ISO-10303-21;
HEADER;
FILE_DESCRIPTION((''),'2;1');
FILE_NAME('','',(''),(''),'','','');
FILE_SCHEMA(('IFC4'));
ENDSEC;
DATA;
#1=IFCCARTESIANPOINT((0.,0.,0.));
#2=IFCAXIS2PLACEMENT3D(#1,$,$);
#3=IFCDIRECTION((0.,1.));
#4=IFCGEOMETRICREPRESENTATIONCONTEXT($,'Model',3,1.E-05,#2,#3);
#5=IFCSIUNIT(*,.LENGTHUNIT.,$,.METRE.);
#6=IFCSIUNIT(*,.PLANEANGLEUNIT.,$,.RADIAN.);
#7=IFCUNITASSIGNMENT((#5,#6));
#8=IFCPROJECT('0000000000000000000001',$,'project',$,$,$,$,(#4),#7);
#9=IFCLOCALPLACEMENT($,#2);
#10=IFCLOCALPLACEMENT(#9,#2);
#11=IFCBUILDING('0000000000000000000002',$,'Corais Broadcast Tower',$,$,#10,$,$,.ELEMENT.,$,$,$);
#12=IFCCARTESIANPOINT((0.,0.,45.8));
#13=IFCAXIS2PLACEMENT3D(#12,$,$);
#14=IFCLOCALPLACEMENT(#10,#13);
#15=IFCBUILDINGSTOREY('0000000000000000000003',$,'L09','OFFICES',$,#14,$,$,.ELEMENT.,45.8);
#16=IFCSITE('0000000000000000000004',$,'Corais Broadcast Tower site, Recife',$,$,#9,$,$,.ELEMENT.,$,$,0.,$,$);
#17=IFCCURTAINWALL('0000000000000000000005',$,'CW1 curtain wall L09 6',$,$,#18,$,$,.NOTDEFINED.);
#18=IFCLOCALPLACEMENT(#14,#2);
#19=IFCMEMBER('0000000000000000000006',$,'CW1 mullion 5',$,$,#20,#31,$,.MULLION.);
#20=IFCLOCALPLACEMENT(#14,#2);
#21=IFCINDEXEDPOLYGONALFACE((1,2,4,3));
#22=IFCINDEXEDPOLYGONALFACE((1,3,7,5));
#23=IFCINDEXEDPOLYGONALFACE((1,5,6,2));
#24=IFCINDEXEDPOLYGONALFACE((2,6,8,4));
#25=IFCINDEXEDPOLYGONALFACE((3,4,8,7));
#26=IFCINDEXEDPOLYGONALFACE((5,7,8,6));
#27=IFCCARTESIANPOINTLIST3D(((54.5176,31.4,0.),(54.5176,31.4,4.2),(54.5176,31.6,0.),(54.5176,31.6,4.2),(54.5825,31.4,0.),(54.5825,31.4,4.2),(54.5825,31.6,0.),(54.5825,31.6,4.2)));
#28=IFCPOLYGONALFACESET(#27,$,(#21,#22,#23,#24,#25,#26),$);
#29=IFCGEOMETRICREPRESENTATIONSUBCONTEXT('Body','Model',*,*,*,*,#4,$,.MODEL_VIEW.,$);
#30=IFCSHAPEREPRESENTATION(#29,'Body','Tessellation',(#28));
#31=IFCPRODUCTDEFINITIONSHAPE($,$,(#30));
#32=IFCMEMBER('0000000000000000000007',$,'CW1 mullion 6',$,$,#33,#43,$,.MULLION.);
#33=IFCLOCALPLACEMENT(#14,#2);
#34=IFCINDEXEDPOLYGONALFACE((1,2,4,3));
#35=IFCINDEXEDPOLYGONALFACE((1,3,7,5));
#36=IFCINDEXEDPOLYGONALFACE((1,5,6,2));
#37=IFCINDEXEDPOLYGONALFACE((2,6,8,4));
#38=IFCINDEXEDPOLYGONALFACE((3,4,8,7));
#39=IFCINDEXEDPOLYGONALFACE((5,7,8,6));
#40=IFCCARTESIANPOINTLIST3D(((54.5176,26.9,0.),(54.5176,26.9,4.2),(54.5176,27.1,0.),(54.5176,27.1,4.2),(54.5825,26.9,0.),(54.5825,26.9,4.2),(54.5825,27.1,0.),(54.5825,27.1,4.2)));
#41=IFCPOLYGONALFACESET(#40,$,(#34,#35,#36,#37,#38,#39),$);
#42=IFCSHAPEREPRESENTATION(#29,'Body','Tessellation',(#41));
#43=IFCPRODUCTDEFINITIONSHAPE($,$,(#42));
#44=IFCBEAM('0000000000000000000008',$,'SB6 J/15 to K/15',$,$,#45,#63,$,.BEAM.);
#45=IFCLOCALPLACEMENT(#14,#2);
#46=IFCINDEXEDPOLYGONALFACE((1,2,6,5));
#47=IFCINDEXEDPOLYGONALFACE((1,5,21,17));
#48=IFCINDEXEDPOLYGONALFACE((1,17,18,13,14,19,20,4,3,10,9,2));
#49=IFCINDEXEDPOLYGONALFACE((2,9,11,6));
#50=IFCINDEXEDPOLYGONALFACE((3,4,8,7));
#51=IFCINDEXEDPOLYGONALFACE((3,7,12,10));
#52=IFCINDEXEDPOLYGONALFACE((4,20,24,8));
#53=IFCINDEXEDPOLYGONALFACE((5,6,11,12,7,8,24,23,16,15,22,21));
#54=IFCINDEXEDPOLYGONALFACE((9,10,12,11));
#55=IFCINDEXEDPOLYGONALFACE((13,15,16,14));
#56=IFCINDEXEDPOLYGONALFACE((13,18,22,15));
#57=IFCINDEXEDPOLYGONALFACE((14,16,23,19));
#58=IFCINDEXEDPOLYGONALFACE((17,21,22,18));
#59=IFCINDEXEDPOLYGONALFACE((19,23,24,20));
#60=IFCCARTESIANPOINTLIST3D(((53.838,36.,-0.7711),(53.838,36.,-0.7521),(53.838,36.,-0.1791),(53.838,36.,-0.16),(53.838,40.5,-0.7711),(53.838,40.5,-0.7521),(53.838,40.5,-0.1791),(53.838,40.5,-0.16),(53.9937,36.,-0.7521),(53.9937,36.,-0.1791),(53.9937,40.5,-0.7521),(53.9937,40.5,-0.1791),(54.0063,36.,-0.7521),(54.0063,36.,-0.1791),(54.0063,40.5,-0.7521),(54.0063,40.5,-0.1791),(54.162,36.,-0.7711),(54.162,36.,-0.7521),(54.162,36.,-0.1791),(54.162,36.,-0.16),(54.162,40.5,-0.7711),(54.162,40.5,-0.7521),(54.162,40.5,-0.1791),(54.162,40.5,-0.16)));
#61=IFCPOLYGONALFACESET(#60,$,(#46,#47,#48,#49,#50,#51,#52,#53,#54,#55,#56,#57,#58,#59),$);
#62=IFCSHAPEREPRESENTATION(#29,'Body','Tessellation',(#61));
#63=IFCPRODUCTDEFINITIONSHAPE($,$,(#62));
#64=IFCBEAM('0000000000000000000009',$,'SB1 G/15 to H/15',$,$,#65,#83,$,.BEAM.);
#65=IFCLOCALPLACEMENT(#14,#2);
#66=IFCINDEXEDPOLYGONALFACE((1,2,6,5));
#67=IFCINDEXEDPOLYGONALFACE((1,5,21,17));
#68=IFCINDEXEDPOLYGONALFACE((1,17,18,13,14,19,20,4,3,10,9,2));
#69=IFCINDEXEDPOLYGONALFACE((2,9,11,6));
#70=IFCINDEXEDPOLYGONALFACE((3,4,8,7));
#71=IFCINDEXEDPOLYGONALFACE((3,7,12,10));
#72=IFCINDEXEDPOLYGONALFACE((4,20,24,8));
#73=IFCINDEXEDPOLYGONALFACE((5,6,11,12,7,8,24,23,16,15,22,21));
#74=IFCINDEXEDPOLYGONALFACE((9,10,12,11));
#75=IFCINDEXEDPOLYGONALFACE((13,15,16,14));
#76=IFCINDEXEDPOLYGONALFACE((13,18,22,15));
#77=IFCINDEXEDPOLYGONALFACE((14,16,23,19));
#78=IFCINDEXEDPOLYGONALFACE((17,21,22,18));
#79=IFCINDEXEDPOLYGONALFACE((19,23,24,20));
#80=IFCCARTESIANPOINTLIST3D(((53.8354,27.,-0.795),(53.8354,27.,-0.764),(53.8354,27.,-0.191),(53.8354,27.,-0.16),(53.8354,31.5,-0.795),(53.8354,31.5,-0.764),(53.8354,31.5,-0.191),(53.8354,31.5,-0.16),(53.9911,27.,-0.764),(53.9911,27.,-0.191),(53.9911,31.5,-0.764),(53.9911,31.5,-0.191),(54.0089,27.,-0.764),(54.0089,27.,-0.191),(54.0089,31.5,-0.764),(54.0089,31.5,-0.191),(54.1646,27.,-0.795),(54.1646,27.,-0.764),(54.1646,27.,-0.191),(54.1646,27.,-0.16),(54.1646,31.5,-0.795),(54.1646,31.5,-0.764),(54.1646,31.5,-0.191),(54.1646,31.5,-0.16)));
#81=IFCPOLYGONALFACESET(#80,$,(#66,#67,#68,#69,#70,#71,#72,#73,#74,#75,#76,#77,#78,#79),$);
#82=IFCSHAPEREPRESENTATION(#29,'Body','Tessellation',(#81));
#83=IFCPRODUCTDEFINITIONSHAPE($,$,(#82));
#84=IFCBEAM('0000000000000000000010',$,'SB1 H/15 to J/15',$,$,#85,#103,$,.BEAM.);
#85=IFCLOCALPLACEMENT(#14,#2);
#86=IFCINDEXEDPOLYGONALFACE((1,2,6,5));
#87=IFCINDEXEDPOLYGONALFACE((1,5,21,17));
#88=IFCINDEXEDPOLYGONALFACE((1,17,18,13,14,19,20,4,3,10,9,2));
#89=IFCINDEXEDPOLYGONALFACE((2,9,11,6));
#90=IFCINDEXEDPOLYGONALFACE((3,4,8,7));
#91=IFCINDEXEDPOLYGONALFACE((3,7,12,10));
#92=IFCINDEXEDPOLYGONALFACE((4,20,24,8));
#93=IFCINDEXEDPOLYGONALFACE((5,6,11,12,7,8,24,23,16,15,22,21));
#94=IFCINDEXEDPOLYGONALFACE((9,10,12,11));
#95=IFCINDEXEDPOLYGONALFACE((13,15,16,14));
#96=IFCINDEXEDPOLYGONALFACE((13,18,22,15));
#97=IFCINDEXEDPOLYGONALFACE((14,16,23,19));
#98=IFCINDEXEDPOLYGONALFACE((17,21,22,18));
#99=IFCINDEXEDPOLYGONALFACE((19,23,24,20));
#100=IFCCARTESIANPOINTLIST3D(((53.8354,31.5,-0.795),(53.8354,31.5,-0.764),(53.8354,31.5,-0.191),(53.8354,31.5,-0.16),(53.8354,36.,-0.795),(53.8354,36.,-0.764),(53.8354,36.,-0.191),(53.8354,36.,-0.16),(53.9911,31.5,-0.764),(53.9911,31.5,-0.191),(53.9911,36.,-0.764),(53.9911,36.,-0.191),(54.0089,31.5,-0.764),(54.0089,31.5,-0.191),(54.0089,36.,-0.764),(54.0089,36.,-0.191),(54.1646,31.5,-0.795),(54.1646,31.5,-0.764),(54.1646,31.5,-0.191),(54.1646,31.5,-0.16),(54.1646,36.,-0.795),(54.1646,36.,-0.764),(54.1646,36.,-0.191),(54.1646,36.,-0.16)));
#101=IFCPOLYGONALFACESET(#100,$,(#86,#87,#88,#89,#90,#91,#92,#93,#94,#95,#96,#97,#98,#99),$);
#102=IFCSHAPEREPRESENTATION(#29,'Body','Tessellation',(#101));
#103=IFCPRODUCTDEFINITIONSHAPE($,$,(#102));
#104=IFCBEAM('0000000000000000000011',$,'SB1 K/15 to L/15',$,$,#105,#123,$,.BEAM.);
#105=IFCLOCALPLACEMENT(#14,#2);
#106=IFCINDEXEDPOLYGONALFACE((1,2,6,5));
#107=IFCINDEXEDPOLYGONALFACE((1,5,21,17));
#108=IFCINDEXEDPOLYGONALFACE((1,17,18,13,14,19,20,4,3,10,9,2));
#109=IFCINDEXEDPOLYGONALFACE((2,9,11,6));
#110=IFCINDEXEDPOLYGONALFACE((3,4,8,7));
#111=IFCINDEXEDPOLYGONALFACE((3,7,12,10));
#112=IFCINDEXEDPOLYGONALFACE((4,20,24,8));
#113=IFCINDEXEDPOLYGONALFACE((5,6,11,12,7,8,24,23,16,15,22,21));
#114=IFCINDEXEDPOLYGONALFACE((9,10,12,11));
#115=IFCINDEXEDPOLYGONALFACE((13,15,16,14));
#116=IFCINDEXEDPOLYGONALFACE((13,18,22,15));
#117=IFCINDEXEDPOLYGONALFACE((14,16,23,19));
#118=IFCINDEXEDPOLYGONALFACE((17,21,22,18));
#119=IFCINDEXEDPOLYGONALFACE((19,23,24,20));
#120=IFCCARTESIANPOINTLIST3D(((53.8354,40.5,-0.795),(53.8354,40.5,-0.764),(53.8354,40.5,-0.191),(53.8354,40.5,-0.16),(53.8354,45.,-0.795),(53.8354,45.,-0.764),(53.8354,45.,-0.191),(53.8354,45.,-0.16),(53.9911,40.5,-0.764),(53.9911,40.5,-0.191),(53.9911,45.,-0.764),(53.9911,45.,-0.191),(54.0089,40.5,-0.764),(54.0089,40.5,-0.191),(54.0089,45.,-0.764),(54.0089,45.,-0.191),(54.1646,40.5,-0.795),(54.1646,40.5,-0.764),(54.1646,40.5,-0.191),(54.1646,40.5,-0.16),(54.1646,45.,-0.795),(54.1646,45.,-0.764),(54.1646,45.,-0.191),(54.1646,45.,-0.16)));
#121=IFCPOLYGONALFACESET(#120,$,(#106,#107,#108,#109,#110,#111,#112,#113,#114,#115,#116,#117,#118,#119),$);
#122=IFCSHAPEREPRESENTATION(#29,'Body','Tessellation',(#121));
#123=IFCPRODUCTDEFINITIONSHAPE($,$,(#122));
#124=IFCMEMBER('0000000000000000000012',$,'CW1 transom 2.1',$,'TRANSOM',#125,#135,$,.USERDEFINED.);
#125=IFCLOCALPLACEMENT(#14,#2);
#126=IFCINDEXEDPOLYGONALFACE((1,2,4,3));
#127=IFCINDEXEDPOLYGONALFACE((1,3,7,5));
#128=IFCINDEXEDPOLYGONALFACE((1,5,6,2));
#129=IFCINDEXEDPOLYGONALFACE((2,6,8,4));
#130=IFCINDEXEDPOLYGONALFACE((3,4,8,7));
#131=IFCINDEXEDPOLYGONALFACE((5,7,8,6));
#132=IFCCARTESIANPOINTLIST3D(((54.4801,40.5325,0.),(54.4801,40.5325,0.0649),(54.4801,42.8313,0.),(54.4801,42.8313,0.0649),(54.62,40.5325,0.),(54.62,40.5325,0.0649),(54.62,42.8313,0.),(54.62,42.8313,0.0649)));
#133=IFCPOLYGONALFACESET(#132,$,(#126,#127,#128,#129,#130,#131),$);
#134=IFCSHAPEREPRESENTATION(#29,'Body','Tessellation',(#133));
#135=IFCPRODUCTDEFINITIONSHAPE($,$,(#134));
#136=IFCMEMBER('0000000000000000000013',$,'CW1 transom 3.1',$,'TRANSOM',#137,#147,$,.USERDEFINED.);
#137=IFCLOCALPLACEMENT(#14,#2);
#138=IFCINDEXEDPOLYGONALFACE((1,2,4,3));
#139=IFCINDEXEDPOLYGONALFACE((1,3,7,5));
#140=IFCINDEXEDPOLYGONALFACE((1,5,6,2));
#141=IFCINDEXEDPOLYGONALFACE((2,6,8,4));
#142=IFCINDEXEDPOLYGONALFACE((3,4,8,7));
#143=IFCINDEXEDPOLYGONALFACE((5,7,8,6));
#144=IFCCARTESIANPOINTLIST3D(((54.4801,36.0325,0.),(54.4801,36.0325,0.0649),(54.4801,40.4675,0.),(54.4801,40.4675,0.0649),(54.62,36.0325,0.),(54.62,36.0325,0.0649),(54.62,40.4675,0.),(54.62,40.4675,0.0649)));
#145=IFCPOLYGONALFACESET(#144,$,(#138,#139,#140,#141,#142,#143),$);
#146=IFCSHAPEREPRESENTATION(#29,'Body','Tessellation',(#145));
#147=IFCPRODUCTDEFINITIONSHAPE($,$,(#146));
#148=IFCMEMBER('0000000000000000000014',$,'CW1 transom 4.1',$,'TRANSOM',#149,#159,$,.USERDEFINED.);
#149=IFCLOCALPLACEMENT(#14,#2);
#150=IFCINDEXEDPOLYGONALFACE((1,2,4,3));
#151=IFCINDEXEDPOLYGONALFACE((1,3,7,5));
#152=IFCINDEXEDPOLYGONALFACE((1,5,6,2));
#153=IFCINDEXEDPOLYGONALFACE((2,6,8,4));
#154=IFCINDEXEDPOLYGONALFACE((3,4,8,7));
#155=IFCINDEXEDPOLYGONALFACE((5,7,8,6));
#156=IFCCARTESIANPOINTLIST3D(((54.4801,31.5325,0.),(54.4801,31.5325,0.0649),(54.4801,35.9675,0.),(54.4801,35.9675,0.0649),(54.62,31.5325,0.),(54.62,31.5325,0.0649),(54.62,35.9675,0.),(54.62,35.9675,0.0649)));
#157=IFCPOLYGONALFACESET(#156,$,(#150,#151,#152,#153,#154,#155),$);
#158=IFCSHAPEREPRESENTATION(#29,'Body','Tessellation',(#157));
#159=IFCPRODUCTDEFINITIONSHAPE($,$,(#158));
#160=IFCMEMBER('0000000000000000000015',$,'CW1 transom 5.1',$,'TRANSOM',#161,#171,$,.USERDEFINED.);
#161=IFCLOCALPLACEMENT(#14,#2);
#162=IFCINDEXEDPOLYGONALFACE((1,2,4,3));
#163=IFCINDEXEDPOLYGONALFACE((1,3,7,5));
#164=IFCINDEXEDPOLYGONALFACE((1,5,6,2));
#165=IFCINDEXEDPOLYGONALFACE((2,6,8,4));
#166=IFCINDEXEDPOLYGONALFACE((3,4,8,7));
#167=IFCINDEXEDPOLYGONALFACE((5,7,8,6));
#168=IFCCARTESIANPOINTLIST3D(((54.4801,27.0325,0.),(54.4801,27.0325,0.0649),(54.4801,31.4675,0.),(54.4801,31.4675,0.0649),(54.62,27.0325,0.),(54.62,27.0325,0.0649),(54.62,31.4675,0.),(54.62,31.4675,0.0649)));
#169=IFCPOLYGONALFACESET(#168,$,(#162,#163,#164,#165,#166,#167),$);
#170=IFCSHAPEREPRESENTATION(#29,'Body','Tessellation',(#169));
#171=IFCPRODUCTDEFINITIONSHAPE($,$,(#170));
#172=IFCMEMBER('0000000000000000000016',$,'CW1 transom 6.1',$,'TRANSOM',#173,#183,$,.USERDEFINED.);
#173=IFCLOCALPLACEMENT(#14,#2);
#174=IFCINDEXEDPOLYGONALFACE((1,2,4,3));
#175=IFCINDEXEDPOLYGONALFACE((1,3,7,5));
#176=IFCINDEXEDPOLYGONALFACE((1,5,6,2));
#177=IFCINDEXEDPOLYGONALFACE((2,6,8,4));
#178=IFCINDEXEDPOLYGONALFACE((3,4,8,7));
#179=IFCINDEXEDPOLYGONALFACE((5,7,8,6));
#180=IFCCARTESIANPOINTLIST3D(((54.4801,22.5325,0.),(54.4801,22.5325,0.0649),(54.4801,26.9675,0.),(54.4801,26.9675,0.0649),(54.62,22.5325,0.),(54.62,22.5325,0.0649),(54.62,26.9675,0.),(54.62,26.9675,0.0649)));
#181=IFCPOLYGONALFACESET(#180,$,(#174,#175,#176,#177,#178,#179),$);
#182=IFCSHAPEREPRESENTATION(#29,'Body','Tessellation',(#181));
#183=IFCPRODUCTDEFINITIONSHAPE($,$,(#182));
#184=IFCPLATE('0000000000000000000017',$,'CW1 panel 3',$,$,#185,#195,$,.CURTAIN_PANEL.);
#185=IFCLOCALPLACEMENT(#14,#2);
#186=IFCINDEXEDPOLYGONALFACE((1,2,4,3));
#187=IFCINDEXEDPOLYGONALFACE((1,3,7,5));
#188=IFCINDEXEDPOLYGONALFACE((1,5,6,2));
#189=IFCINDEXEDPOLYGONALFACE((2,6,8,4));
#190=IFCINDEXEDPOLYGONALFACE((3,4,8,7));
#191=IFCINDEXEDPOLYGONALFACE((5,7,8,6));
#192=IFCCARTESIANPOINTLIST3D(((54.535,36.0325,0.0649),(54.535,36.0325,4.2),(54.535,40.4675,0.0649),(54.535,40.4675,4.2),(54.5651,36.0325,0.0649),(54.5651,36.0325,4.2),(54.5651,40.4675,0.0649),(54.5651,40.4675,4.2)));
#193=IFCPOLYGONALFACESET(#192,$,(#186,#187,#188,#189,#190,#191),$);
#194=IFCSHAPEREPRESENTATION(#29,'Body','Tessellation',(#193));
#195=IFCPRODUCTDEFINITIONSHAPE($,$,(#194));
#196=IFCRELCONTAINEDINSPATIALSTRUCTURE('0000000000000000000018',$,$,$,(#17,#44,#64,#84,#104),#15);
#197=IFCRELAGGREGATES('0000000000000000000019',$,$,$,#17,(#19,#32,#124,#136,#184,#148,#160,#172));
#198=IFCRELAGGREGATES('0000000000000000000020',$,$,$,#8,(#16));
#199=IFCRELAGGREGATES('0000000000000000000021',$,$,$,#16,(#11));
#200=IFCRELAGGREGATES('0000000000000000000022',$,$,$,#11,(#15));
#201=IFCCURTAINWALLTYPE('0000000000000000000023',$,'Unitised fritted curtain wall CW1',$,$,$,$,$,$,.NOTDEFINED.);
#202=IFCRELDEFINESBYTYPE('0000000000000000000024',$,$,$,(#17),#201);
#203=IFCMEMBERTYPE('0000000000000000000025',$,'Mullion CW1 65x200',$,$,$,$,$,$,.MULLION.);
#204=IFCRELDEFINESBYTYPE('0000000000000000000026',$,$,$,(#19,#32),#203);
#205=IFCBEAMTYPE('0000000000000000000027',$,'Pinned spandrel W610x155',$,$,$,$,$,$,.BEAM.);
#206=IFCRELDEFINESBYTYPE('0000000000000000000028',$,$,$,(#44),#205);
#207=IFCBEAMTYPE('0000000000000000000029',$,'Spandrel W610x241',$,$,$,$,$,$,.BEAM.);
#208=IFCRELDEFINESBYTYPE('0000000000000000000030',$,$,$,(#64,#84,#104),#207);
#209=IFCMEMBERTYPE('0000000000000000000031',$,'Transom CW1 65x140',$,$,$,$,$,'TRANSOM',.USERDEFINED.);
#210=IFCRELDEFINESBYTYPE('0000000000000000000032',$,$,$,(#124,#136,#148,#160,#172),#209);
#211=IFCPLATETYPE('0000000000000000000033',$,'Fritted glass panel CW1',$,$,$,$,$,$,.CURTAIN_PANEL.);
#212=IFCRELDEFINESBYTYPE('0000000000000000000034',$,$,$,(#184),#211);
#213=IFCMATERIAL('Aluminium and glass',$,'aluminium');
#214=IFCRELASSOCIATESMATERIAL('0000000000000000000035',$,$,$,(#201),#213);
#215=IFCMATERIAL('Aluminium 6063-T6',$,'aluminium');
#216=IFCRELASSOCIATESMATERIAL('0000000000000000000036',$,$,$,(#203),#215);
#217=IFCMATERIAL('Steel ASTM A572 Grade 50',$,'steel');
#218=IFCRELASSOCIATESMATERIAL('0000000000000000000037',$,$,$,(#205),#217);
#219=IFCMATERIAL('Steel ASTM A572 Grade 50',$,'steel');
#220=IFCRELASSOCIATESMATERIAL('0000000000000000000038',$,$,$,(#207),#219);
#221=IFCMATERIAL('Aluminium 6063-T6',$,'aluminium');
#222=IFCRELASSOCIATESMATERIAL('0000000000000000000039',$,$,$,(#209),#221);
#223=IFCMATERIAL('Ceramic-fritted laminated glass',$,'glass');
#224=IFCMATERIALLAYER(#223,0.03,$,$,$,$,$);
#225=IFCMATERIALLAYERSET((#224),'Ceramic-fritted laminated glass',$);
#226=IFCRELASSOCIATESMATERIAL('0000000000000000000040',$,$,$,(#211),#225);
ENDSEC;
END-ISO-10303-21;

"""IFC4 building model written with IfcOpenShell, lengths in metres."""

from ifc_helpers import new_model, si_unit, direction, frame, origin, origin_2d, place, context, subcontext, project, spatial, rectangle, i_section, extrude, material, layer, layer_set, material_profile, profile_set, type_object, element, aggregate, save


model = new_model("IFC4")

# Units and contexts
model_context = context("Model", 3, precision=1e-05, world=origin(), true_north=direction((0.0, 1.0)))
body_context = subcontext(model_context, "Body", "Model", "MODEL_VIEW")
ifc_project = project(units=[si_unit("LENGTHUNIT", "METRE"), si_unit("PLANEANGLEUNIT", "RADIAN")], contexts=[model_context])

# Site, building, storey
site_placement = place(None, origin())
site = spatial("IfcSite", under=ifc_project, at=site_placement, Name="Corais Broadcast Tower site, Recife", CompositionType="ELEMENT", RefElevation=0.0)
building_placement = place(site_placement, origin())
building = spatial("IfcBuilding", under=site, at=building_placement, Name="Corais Broadcast Tower", CompositionType="ELEMENT")
storey_placement = place(building_placement, frame((0.0, 0.0, 45.8)))
storey = spatial("IfcBuildingStorey", under=building, at=storey_placement, Name="L09", Description="OFFICES", CompositionType="ELEMENT", Elevation=45.8)

# Curtain wall, members
ifc_material_1 = material(Name="Aluminium and glass", Category="aluminium")
curtain_wall_type = type_object("IfcCurtainWallType", Name="Unitised fritted curtain wall CW1", PredefinedType="NOTDEFINED", material=ifc_material_1)
curtain_wall_placement = place(storey_placement, origin())
curtain_wall = element("IfcCurtainWall", 1, at=curtain_wall_placement, inside=storey, type_object=curtain_wall_type, Name="CW1 curtain wall L09 6", PredefinedType="NOTDEFINED")
ifc_material_2 = material(Name="Aluminium 6063-T6", Category="aluminium")
ifc_material_profile_1 = material_profile(ifc_material_2, rectangle(XDim=0.0649, YDim=0.2, at=origin_2d()), Name="Mullion CW1 65x200")
ifc_profile_set_1 = profile_set([ifc_material_profile_1], Name="Aluminium 6063-T6")
member_type_1 = type_object("IfcMemberType", Name="Mullion CW1 65x200", PredefinedType="MULLION", material=ifc_profile_set_1)
member_1_placement = place(storey_placement, frame((54.55, 31.5, 0.0), z_axis=(0.0, 0.0, 1.0), x_axis=(1.0, 0.0, 0.0)))
member_1 = element("IfcMember", 2, at=member_1_placement, type_object=member_type_1, Name="CW1 mullion 5", PredefinedType="MULLION", context=body_context, shape_type="SweptSolid", body=[
    extrude(rectangle(XDim=0.0649, YDim=0.2, at=origin_2d()), origin(), (0.0, 0.0, 1.0), 4.2),
])
member_2_placement = place(storey_placement, frame((54.55, 27.0, 0.0), z_axis=(0.0, 0.0, 1.0), x_axis=(1.0, 0.0, 0.0)))
member_2 = element("IfcMember", 3, at=member_2_placement, type_object=member_type_1, Name="CW1 mullion 6", PredefinedType="MULLION", context=body_context, shape_type="SweptSolid", body=[
    extrude(rectangle(XDim=0.0649, YDim=0.2, at=origin_2d()), origin(), (0.0, 0.0, 1.0), 4.2),
])

# Beams
ifc_material_3 = material(Name="Steel ASTM A572 Grade 50", Category="steel")
ifc_material_profile_2 = material_profile(ifc_material_3, i_section(OverallWidth=0.324, OverallDepth=0.6111, WebThickness=0.0127, FlangeThickness=0.019, at=origin_2d()), Name="W610x155")
ifc_profile_set_2 = profile_set([ifc_material_profile_2], Name="Steel ASTM A572 Grade 50")
beam_type_1 = type_object("IfcBeamType", Name="Pinned spandrel W610x155", PredefinedType="BEAM", material=ifc_profile_set_2)
beam_placement = place(storey_placement, frame((54.0, 36.0, -0.4656), z_axis=(0.0, 1.0, 0.0), x_axis=(-1.0, 0.0, 0.0)))
element("IfcBeam", 4, at=beam_placement, inside=storey, type_object=beam_type_1, Name="SB6 J/15 to K/15", PredefinedType="BEAM", context=body_context, shape_type="SweptSolid", body=[
    extrude(i_section(OverallWidth=0.324, OverallDepth=0.6111, WebThickness=0.0127, FlangeThickness=0.019, at=origin_2d()), origin(), (0.0, 0.0, 1.0), 4.5),
])
ifc_material_4 = material(Name="Steel ASTM A572 Grade 50", Category="steel")
ifc_material_profile_3 = material_profile(ifc_material_4, i_section(OverallWidth=0.3291, OverallDepth=0.635, WebThickness=0.0178, FlangeThickness=0.031, at=origin_2d()), Name="W610x241")
ifc_profile_set_3 = profile_set([ifc_material_profile_3], Name="Steel ASTM A572 Grade 50")
beam_type_2 = type_object("IfcBeamType", Name="Spandrel W610x241", PredefinedType="BEAM", material=ifc_profile_set_3)
for number, where, z_axis, x_axis, name in (
    (5, (54.0, 27.0, -0.4775), (0.0, 1.0, 0.0), (-1.0, 0.0, 0.0), "SB1 G/15 to H/15"),
    (6, (54.0, 31.5, -0.4775), (0.0, 1.0, 0.0), (-1.0, 0.0, 0.0), "SB1 H/15 to J/15"),
    (7, (54.0, 40.5, -0.4775), (0.0, 1.0, 0.0), (-1.0, 0.0, 0.0), "SB1 K/15 to L/15"),
):
    element("IfcBeam", number, at=place(storey_placement, frame(where, z_axis=z_axis, x_axis=x_axis)), inside=storey, type_object=beam_type_2, Name=name, PredefinedType="BEAM", context=body_context, shape_type="SweptSolid", body=[
        extrude(i_section(OverallWidth=0.3291, OverallDepth=0.635, WebThickness=0.0178, FlangeThickness=0.031, at=origin_2d()), origin(), (0.0, 0.0, 1.0), 4.5),
    ])

# Members
ifc_material_5 = material(Name="Aluminium 6063-T6", Category="aluminium")
ifc_material_profile_4 = material_profile(ifc_material_5, rectangle(XDim=0.1399, YDim=0.0649, at=origin_2d()), Name="Transom CW1 65x140")
ifc_profile_set_4 = profile_set([ifc_material_profile_4], Name="Aluminium 6063-T6")
member_type_2 = type_object("IfcMemberType", Name="Transom CW1 65x140", ElementType="TRANSOM", PredefinedType="USERDEFINED", material=ifc_profile_set_4)
member_3_placement = place(storey_placement, frame((54.55, 42.8313, 0.0325), z_axis=(0.0, -1.0, 0.0), x_axis=(1.0, 0.0, 0.0)))
member_3 = element("IfcMember", 8, at=member_3_placement, type_object=member_type_2, Name="CW1 transom 2.1", ObjectType="TRANSOM", PredefinedType="USERDEFINED", context=body_context, shape_type="SweptSolid", body=[
    extrude(rectangle(XDim=0.1399, YDim=0.0649, at=origin_2d()), origin(), (0.0, 0.0, 1.0), 2.2988),
])
member_4_placement = place(storey_placement, frame((54.55, 40.4675, 0.0325), z_axis=(0.0, -1.0, 0.0), x_axis=(1.0, 0.0, 0.0)))
member_4 = element("IfcMember", 9, at=member_4_placement, type_object=member_type_2, Name="CW1 transom 3.1", ObjectType="TRANSOM", PredefinedType="USERDEFINED", context=body_context, shape_type="SweptSolid", body=[
    extrude(rectangle(XDim=0.1399, YDim=0.0649, at=origin_2d()), origin(), (0.0, 0.0, 1.0), 4.4351),
])
member_5_placement = place(storey_placement, frame((54.55, 35.9675, 0.0325), z_axis=(0.0, -1.0, 0.0), x_axis=(1.0, 0.0, 0.0)))
member_5 = element("IfcMember", 10, at=member_5_placement, type_object=member_type_2, Name="CW1 transom 4.1", ObjectType="TRANSOM", PredefinedType="USERDEFINED", context=body_context, shape_type="SweptSolid", body=[
    extrude(rectangle(XDim=0.1399, YDim=0.0649, at=origin_2d()), origin(), (0.0, 0.0, 1.0), 4.4351),
])
member_6_placement = place(storey_placement, frame((54.55, 31.4675, 0.0325), z_axis=(0.0, -1.0, 0.0), x_axis=(1.0, 0.0, 0.0)))
member_6 = element("IfcMember", 11, at=member_6_placement, type_object=member_type_2, Name="CW1 transom 5.1", ObjectType="TRANSOM", PredefinedType="USERDEFINED", context=body_context, shape_type="SweptSolid", body=[
    extrude(rectangle(XDim=0.1399, YDim=0.0649, at=origin_2d()), origin(), (0.0, 0.0, 1.0), 4.4351),
])
member_7_placement = place(storey_placement, frame((54.55, 26.9675, 0.0325), z_axis=(0.0, -1.0, 0.0), x_axis=(1.0, 0.0, 0.0)))
member_7 = element("IfcMember", 12, at=member_7_placement, type_object=member_type_2, Name="CW1 transom 6.1", ObjectType="TRANSOM", PredefinedType="USERDEFINED", context=body_context, shape_type="SweptSolid", body=[
    extrude(rectangle(XDim=0.1399, YDim=0.0649, at=origin_2d()), origin(), (0.0, 0.0, 1.0), 4.4351),
])

# Plate
ifc_material_6 = material(Name="Ceramic-fritted laminated glass", Category="glass")
ifc_layer_1 = layer(ifc_material_6, 0.03)
ifc_layer_set_1 = layer_set([ifc_layer_1], Name="Ceramic-fritted laminated glass")
plate_type_1 = type_object("IfcPlateType", Name="Fritted glass panel CW1", PredefinedType="CURTAIN_PANEL", material=ifc_layer_set_1)
plate_1_placement = place(storey_placement, frame((54.55, 38.25, 0.0649), z_axis=(0.0, 0.0, 1.0), x_axis=(0.0, -1.0, 0.0)))
plate_1 = element("IfcPlate", 13, at=plate_1_placement, type_object=plate_type_1, Name="CW1 panel 3", PredefinedType="CURTAIN_PANEL", context=body_context, shape_type="SweptSolid", body=[
    extrude(rectangle(XDim=4.4351, YDim=0.03, at=origin_2d()), origin(), (0.0, 0.0, 1.0), 4.135),
])
aggregate(curtain_wall, [member_1, member_2, member_3, member_4, plate_1, member_5, member_6, member_7])

save(model, "model.ifc")
